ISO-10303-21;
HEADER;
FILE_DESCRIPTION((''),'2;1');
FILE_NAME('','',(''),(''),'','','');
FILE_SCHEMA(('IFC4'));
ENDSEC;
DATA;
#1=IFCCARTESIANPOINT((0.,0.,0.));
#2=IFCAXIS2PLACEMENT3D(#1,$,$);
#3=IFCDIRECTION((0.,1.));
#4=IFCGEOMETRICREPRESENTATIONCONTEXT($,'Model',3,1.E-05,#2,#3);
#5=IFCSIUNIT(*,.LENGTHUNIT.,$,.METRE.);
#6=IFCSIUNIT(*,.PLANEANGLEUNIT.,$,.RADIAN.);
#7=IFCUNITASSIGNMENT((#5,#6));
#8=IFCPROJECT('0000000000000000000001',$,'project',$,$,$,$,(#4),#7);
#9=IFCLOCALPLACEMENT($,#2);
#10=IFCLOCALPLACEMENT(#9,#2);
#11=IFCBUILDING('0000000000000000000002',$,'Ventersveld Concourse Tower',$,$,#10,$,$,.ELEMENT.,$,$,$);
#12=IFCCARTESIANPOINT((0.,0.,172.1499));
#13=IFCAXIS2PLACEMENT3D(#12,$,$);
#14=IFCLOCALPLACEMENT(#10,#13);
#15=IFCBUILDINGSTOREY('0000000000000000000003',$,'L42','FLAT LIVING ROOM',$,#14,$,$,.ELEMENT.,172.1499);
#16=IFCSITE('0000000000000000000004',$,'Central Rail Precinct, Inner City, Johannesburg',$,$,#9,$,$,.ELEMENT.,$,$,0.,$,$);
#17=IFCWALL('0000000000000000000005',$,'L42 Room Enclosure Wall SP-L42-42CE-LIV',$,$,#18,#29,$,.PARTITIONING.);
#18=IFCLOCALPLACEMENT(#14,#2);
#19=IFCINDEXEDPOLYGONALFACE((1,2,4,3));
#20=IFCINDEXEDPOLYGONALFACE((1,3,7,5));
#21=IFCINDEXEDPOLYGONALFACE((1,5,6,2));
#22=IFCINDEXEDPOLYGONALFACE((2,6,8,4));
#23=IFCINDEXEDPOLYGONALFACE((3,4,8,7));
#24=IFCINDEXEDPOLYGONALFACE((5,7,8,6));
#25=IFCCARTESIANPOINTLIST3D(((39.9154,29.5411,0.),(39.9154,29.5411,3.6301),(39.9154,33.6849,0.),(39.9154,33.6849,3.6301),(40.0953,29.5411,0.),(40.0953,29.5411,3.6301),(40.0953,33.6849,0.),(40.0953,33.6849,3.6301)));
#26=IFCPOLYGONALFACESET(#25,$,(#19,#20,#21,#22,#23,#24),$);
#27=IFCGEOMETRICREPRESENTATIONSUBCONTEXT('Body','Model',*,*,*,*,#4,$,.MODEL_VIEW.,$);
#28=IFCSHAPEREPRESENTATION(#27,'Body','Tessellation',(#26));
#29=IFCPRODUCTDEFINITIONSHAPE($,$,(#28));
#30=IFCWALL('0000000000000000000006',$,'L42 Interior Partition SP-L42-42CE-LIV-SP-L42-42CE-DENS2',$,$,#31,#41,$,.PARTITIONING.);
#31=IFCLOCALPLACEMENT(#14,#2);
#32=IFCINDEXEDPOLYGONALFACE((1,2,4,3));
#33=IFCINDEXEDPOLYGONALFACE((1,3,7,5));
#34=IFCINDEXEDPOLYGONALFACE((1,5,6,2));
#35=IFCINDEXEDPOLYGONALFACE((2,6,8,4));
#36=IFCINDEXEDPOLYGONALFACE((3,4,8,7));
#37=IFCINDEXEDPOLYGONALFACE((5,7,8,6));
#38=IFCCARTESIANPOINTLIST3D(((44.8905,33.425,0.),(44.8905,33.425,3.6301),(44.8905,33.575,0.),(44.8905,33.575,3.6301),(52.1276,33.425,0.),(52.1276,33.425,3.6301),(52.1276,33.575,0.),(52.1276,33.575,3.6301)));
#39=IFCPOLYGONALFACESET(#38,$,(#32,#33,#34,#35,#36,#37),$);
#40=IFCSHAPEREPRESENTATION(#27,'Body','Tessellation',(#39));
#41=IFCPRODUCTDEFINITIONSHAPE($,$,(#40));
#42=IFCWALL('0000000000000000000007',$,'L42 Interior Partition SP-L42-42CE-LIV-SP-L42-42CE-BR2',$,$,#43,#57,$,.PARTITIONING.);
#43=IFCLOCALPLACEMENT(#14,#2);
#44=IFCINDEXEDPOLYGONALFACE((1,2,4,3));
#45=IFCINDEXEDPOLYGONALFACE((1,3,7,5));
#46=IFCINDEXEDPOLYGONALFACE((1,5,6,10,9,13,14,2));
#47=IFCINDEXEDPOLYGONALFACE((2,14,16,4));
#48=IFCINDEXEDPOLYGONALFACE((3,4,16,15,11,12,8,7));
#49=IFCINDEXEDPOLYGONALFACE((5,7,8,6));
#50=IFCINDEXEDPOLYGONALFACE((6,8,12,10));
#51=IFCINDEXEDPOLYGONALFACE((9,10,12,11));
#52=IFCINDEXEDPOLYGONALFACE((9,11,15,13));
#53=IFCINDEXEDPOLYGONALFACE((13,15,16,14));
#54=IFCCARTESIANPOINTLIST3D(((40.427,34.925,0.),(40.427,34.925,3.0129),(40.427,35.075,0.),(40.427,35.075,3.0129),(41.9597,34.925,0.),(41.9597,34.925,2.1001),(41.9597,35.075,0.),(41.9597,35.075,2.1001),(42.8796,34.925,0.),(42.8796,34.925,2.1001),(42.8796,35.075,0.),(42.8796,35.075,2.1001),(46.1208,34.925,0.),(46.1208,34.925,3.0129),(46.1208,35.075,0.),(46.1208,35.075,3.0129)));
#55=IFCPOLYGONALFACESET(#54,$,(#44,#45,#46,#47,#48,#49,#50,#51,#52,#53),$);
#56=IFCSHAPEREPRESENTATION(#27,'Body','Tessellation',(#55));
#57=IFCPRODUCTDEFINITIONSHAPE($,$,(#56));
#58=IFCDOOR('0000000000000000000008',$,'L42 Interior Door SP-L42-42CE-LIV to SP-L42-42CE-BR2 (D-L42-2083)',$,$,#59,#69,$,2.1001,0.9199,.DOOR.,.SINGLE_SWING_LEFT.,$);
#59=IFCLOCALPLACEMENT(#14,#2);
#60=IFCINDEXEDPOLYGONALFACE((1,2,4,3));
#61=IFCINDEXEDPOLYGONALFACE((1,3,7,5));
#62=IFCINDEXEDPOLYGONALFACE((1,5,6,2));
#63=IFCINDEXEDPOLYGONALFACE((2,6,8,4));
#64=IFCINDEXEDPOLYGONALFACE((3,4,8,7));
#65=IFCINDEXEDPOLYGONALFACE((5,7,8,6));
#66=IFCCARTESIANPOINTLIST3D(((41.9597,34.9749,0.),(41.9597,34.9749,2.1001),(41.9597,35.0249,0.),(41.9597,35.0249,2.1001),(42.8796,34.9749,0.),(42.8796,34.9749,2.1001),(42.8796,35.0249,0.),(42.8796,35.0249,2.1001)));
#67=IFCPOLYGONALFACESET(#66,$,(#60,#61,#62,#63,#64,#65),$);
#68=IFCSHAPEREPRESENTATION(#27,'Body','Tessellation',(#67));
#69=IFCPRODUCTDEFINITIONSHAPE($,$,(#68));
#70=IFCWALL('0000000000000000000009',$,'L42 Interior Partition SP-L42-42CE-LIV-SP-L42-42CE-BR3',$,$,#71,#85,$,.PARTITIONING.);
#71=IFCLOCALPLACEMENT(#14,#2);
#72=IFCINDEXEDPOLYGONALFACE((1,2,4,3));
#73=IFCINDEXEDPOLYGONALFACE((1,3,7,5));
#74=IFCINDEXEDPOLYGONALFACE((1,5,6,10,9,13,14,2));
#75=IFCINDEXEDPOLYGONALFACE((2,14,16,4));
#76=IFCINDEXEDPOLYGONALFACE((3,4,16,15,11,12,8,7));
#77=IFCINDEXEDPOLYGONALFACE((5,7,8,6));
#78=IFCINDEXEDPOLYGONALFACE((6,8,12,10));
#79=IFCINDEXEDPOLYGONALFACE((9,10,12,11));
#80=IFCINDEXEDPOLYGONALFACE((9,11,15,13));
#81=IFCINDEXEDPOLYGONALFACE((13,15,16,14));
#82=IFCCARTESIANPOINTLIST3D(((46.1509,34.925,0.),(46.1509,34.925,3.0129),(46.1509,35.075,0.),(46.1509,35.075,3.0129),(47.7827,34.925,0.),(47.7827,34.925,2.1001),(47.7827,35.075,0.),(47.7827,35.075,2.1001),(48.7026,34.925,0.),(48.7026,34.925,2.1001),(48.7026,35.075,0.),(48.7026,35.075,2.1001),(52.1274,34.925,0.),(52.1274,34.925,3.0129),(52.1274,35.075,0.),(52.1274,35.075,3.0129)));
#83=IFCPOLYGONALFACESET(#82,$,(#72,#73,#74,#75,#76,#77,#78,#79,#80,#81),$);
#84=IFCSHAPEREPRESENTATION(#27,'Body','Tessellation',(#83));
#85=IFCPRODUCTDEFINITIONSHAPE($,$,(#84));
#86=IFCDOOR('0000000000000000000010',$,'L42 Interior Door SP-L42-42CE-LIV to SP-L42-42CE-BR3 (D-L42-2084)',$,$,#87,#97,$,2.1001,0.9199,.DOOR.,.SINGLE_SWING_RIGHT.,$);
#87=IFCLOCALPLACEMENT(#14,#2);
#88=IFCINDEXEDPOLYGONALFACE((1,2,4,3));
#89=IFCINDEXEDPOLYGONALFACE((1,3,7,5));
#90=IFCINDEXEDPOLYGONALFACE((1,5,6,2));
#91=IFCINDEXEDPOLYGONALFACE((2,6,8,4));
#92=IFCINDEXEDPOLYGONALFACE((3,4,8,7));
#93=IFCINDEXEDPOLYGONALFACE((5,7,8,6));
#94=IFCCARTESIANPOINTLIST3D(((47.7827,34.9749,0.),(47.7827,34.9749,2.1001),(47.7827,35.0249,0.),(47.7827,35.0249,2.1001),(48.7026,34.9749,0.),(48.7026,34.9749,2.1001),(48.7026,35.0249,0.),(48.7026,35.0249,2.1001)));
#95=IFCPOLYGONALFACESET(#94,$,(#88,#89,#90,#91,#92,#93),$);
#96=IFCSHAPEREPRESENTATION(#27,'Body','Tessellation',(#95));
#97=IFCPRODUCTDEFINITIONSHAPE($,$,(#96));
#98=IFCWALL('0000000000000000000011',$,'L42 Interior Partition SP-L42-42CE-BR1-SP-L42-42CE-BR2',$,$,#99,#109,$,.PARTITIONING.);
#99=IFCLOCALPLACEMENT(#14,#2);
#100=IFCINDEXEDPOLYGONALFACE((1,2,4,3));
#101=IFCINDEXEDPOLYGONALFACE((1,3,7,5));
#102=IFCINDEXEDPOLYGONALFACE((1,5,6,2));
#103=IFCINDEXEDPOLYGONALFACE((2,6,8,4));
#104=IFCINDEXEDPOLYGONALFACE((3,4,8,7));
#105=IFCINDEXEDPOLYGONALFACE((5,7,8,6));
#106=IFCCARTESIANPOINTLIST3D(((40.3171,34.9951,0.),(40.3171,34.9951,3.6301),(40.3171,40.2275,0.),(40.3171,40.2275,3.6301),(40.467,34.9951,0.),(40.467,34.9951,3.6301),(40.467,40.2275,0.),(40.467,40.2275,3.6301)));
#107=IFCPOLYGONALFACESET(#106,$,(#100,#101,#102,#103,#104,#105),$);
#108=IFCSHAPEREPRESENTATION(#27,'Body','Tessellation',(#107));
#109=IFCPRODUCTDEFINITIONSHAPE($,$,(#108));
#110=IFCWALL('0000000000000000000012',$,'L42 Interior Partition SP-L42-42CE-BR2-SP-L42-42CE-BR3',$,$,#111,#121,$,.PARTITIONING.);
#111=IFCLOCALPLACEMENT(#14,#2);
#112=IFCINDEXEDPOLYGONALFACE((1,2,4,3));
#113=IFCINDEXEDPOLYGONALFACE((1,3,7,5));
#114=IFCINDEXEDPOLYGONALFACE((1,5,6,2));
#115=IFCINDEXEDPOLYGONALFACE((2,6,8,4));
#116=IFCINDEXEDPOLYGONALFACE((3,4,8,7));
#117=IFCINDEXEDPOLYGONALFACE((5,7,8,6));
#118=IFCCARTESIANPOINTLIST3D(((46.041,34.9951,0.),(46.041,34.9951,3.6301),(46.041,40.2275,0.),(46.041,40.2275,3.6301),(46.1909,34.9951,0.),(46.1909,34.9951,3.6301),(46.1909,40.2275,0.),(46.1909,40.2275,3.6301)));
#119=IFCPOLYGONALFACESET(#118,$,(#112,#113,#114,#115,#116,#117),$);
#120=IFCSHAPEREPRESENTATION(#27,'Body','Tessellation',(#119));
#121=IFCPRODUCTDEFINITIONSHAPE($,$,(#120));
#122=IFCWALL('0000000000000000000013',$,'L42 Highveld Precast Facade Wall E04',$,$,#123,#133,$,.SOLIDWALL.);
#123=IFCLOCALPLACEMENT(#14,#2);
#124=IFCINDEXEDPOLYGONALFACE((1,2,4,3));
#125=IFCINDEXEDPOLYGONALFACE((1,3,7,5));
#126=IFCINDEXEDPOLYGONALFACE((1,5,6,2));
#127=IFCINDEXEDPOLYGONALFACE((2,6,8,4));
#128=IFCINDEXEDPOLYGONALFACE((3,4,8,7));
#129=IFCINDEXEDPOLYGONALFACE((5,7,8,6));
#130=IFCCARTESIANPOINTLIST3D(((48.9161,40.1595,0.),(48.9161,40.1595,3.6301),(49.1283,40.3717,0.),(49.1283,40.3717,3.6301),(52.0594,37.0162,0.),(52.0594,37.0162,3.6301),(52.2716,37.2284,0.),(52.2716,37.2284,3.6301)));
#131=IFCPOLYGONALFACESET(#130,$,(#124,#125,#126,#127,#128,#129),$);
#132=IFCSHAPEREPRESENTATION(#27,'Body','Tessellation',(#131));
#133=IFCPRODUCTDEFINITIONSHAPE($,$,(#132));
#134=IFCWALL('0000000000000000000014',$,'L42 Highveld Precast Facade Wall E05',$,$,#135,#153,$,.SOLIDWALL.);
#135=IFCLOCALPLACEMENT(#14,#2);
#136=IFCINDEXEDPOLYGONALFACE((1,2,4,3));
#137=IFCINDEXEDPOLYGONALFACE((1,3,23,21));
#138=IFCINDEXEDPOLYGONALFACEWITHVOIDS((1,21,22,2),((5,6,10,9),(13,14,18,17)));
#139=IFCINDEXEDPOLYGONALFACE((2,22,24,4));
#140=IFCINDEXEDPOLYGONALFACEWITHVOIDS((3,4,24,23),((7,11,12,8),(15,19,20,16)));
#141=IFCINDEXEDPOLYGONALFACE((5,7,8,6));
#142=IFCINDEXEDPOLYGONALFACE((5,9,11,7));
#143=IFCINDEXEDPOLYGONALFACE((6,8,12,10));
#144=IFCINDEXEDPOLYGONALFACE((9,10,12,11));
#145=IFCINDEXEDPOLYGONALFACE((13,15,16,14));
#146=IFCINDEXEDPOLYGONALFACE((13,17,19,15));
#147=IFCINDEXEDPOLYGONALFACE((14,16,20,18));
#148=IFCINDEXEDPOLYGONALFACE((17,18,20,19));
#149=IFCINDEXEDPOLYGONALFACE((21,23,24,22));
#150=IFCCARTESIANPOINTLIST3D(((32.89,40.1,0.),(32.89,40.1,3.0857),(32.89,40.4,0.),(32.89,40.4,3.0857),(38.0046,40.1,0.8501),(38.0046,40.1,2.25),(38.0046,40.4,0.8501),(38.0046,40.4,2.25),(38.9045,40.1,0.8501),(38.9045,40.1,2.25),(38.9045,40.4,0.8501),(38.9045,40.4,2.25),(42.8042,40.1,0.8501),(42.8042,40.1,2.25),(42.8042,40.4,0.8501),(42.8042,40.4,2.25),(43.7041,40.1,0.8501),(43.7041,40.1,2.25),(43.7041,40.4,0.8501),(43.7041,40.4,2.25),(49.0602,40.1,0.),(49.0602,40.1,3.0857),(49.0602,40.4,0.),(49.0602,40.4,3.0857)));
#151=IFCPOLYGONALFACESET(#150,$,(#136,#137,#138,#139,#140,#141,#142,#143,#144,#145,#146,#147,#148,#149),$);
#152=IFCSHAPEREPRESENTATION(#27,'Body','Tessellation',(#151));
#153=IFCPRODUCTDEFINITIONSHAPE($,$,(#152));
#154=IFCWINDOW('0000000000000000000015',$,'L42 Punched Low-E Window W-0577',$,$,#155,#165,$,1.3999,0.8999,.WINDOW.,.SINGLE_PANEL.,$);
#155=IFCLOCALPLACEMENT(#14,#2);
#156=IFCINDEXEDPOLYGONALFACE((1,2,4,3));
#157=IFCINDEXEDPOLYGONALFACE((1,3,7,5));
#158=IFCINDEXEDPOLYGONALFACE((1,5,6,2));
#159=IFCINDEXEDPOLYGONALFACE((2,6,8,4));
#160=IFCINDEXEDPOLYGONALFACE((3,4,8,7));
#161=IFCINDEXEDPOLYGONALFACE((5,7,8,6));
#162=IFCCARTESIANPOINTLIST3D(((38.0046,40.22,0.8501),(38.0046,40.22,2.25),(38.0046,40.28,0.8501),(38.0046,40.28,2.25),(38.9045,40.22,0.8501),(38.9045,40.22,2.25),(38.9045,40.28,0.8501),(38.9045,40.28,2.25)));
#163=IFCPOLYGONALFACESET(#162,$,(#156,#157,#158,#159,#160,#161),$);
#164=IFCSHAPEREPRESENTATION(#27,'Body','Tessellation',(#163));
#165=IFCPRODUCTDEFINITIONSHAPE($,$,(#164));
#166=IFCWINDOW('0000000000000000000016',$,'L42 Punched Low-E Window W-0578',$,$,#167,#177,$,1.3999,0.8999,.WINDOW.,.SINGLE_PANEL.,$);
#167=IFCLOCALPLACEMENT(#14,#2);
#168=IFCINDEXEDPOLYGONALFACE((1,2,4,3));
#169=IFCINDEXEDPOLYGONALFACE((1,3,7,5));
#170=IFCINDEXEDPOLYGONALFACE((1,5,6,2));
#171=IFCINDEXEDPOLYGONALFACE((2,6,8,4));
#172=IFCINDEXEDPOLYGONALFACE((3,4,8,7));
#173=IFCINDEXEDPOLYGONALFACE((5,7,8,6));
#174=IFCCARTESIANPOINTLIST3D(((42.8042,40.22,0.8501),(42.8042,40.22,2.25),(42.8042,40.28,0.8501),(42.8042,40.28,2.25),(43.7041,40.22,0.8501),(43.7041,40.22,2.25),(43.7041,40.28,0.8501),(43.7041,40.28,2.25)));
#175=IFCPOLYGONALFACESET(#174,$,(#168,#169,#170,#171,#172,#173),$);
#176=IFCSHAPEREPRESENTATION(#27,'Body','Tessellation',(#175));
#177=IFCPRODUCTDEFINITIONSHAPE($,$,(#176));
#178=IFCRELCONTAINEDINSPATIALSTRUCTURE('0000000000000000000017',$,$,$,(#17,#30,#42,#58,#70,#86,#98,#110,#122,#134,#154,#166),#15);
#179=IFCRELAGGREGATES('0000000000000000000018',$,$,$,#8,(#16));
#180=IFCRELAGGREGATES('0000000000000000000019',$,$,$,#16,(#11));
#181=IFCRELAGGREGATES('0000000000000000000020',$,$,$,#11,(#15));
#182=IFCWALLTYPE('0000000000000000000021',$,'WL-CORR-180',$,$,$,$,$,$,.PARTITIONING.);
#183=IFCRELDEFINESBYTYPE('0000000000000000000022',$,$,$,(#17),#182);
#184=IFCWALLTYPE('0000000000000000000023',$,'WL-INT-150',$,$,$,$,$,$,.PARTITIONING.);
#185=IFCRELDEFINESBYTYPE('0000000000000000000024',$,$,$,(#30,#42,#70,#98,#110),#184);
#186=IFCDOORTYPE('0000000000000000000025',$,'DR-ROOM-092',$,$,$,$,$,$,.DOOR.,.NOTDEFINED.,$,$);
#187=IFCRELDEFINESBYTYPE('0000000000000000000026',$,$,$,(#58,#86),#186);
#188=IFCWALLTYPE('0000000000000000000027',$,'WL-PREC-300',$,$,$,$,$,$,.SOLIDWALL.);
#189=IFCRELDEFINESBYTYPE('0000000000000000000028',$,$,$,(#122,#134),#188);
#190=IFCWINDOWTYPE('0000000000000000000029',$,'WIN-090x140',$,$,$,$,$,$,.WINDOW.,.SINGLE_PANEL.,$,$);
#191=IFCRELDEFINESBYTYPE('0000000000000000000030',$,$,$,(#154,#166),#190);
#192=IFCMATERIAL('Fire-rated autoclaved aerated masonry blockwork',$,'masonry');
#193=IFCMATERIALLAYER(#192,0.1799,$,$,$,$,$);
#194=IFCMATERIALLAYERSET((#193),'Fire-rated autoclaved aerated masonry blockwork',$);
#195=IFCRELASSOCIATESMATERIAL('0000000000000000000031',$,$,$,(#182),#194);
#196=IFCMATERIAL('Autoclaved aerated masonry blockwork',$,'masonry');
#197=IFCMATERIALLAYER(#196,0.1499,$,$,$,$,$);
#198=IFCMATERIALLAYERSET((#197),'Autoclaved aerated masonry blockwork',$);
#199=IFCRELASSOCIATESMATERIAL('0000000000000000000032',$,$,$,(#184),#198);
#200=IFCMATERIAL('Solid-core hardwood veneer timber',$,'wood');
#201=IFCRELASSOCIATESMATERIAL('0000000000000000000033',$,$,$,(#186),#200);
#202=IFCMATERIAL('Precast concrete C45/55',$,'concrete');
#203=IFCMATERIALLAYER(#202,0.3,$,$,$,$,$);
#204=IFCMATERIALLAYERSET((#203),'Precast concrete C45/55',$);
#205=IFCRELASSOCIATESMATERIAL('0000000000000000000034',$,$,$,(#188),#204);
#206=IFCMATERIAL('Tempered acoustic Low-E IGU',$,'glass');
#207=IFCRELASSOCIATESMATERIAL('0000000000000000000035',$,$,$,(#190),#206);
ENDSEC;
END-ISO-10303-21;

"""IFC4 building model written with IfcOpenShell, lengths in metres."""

from ifc_helpers import new_model, si_unit, direction, frame, frame_2d, origin, place, context, subcontext, project, spatial, rectangle, extrude, material, layer, layer_set, type_object, element, fill, save


model = new_model("IFC4")

# Units and contexts
model_context = context("Model", 3, precision=1e-05, world=origin(), true_north=direction((0.0, 1.0)))
body_context = subcontext(model_context, "Body", "Model", "MODEL_VIEW")
ifc_project = project(units=[si_unit("LENGTHUNIT", "METRE"), si_unit("PLANEANGLEUNIT", "RADIAN")], contexts=[model_context])

# Site, building, storey
site_placement = place(None, origin())
site = spatial("IfcSite", under=ifc_project, at=site_placement, Name="Central Rail Precinct, Inner City, Johannesburg", CompositionType="ELEMENT", RefElevation=0.0)
building_placement = place(site_placement, origin())
building = spatial("IfcBuilding", under=site, at=building_placement, Name="Ventersveld Concourse Tower", CompositionType="ELEMENT")
storey_placement = place(building_placement, frame((0.0, 0.0, 172.1499)))
storey = spatial("IfcBuildingStorey", under=building, at=storey_placement, Name="L42", Description="FLAT LIVING ROOM", CompositionType="ELEMENT", Elevation=172.1499)

# Walls
ifc_material_1 = material(Name="Fire-rated autoclaved aerated masonry blockwork", Category="masonry")
ifc_layer_1 = layer(ifc_material_1, 0.1799)
ifc_layer_set_1 = layer_set([ifc_layer_1], Name="Fire-rated autoclaved aerated masonry blockwork")
wall_type_1 = type_object("IfcWallType", Name="WL-CORR-180", PredefinedType="PARTITIONING", material=ifc_layer_set_1)
wall_1_placement = place(storey_placement, frame((40.0054, 29.5413, 0.0), z_axis=(0.0, 0.0, 1.0), x_axis=(0.0, 1.0, 0.0)))
element("IfcWall", 1, at=wall_1_placement, inside=storey, type_object=wall_type_1, Name="L42 Room Enclosure Wall SP-L42-42CE-LIV", PredefinedType="PARTITIONING", context=body_context, shape_type="SweptSolid", body=[
    extrude(rectangle(XDim=4.1438, YDim=0.1799, at=frame_2d((2.0718, 0.0))), origin(), (0.0, 0.0, 1.0), 3.6301),
])
ifc_material_2 = material(Name="Autoclaved aerated masonry blockwork", Category="masonry")
ifc_layer_2 = layer(ifc_material_2, 0.1499)
ifc_layer_set_2 = layer_set([ifc_layer_2], Name="Autoclaved aerated masonry blockwork")
wall_type_2 = type_object("IfcWallType", Name="WL-INT-150", PredefinedType="PARTITIONING", material=ifc_layer_set_2)
wall_2_placement = place(storey_placement, frame((44.8904, 33.5, 0.0), z_axis=(0.0, 0.0, 1.0), x_axis=(1.0, 0.0, 0.0)))
element("IfcWall", 2, at=wall_2_placement, inside=storey, type_object=wall_type_2, Name="L42 Interior Partition SP-L42-42CE-LIV-SP-L42-42CE-DENS2", PredefinedType="PARTITIONING", context=body_context, shape_type="SweptSolid", body=[
    extrude(rectangle(XDim=7.2371, YDim=0.1499, at=frame_2d((3.6187, 0.0))), origin(), (0.0, 0.0, 1.0), 3.6301),
])

# Walls, openings, doors
wall_3_placement = place(storey_placement, frame((40.427, 35.0, 0.0), z_axis=(0.0, 0.0, 1.0), x_axis=(1.0, 0.0, 0.0)))
wall_3 = element("IfcWall", 3, at=wall_3_placement, inside=storey, type_object=wall_type_2, Name="L42 Interior Partition SP-L42-42CE-LIV-SP-L42-42CE-BR2", PredefinedType="PARTITIONING", context=body_context, shape_type="SweptSolid", body=[
    extrude(rectangle(XDim=5.6938, YDim=0.1499, at=frame_2d((2.8469, 0.0))), origin(), (0.0, 0.0, 1.0), 3.0129),
])
opening_1_placement = place(wall_3_placement, frame((1.5327, 0.0, 0.0)))
opening_1 = element("IfcOpeningElement", 4, at=opening_1_placement, cuts=wall_3, PredefinedType="OPENING", context=body_context, shape_type="SweptSolid", body=[
    extrude(rectangle(XDim=0.9199, YDim=2.1001, at=frame_2d((0.46, 1.05))), frame((0.0, 0.085, 0.0), z_axis=(0.0, -1.0, 0.0), x_axis=(1.0, 0.0, 0.0)), (0.0, 0.0, 1.0), 0.1699),
])
ifc_material_3 = material(Name="Solid-core hardwood veneer timber", Category="wood")
door_type = type_object("IfcDoorType", Name="DR-ROOM-092", OperationType="NOTDEFINED", PredefinedType="DOOR", material=ifc_material_3)
door_1_placement = place(opening_1_placement, origin())
door_1 = element("IfcDoor", 5, at=door_1_placement, inside=storey, type_object=door_type, Name="L42 Interior Door SP-L42-42CE-LIV to SP-L42-42CE-BR2 (D-L42-2083)", OperationType="SINGLE_SWING_LEFT", OverallHeight=2.1001, OverallWidth=0.9199, PredefinedType="DOOR", context=body_context, shape_type="SweptSolid", body=[
    extrude(rectangle(XDim=0.9199, YDim=2.1001, at=frame_2d((0.46, 1.05))), frame((0.0, 0.0249, 0.0), z_axis=(0.0, -1.0, 0.0), x_axis=(1.0, 0.0, 0.0)), (0.0, 0.0, 1.0), 0.05),
])
fill(opening_1, door_1)
wall_4_placement = place(storey_placement, frame((46.1509, 35.0, 0.0), z_axis=(0.0, 0.0, 1.0), x_axis=(1.0, 0.0, 0.0)))
wall_4 = element("IfcWall", 6, at=wall_4_placement, inside=storey, type_object=wall_type_2, Name="L42 Interior Partition SP-L42-42CE-LIV-SP-L42-42CE-BR3", PredefinedType="PARTITIONING", context=body_context, shape_type="SweptSolid", body=[
    extrude(rectangle(XDim=5.9766, YDim=0.1499, at=frame_2d((2.9883, 0.0))), origin(), (0.0, 0.0, 1.0), 3.0129),
])
opening_2_placement = place(wall_4_placement, frame((1.6318, 0.0, 0.0)))
opening_2 = element("IfcOpeningElement", 7, at=opening_2_placement, cuts=wall_4, PredefinedType="OPENING", context=body_context, shape_type="SweptSolid", body=[
    extrude(rectangle(XDim=0.9199, YDim=2.1001, at=frame_2d((0.46, 1.05))), frame((0.0, 0.085, 0.0), z_axis=(0.0, -1.0, 0.0), x_axis=(1.0, 0.0, 0.0)), (0.0, 0.0, 1.0), 0.1699),
])
door_2_placement = place(opening_2_placement, origin())
door_2 = element("IfcDoor", 8, at=door_2_placement, inside=storey, type_object=door_type, Name="L42 Interior Door SP-L42-42CE-LIV to SP-L42-42CE-BR3 (D-L42-2084)", OperationType="SINGLE_SWING_RIGHT", OverallHeight=2.1001, OverallWidth=0.9199, PredefinedType="DOOR", context=body_context, shape_type="SweptSolid", body=[
    extrude(rectangle(XDim=0.9199, YDim=2.1001, at=frame_2d((0.46, 1.05))), frame((0.0, 0.0249, 0.0), z_axis=(0.0, -1.0, 0.0), x_axis=(1.0, 0.0, 0.0)), (0.0, 0.0, 1.0), 0.05),
])
fill(opening_2, door_2)

# Walls
for number, where, z_axis, x_axis, name in (
    (9, (40.3921, 34.9951, 0.0), (0.0, 0.0, 1.0), (0.0, 1.0, 0.0), "L42 Interior Partition SP-L42-42CE-BR1-SP-L42-42CE-BR2"),
    (10, (46.116, 34.9951, 0.0), (0.0, 0.0, 1.0), (0.0, 1.0, 0.0), "L42 Interior Partition SP-L42-42CE-BR2-SP-L42-42CE-BR3"),
):
    element("IfcWall", number, at=place(storey_placement, frame(where, z_axis=z_axis, x_axis=x_axis)), inside=storey, type_object=wall_type_2, Name=name, PredefinedType="PARTITIONING", context=body_context, shape_type="SweptSolid", body=[
        extrude(rectangle(XDim=5.2324, YDim=0.1499, at=frame_2d((2.6162, 0.0))), origin(), (0.0, 0.0, 1.0), 3.6301),
    ])
ifc_material_4 = material(Name="Precast concrete C45/55", Category="concrete")
ifc_layer_3 = layer(ifc_material_4, 0.3)
ifc_layer_set_3 = layer_set([ifc_layer_3], Name="Precast concrete C45/55")
wall_type_3 = type_object("IfcWallType", Name="WL-PREC-300", PredefinedType="SOLIDWALL", material=ifc_layer_set_3)
wall_5_placement = place(storey_placement, frame((52.1655, 37.1223, 0.0), z_axis=(0.0, 0.0, 1.0), x_axis=(-0.707107, 0.707107, 0.0)))
element("IfcWall", 11, at=wall_5_placement, inside=storey, type_object=wall_type_3, Name="L42 Highveld Precast Facade Wall E04", PredefinedType="SOLIDWALL", context=body_context, shape_type="SweptSolid", body=[
    extrude(rectangle(XDim=4.4453, YDim=0.3, at=frame_2d((2.2227, 0.0))), origin(), (0.0, 0.0, 1.0), 3.6301),
])

# Wall, openings, windows
wall_6_placement = place(storey_placement, frame((49.0601, 40.25, 0.0), z_axis=(0.0, 0.0, 1.0), x_axis=(-1.0, 0.0, 0.0)))
wall_6 = element("IfcWall", 12, at=wall_6_placement, inside=storey, type_object=wall_type_3, Name="L42 Highveld Precast Facade Wall E05", PredefinedType="SOLIDWALL", context=body_context, shape_type="SweptSolid", body=[
    extrude(rectangle(XDim=16.1702, YDim=0.3, at=frame_2d((8.085, 0.0))), origin(), (0.0, 0.0, 1.0), 3.0857),
])
opening_3_placement = place(wall_6_placement, frame((10.1555, 0.0, 0.8501)))
opening_3 = element("IfcOpeningElement", 13, at=opening_3_placement, cuts=wall_6, PredefinedType="OPENING", context=body_context, shape_type="SweptSolid", body=[
    extrude(rectangle(XDim=0.8999, YDim=1.3999, at=frame_2d((0.45, 0.7))), frame((0.0, 0.1602, 0.0), z_axis=(0.0, -1.0, 0.0), x_axis=(1.0, 0.0, 0.0)), (0.0, 0.0, 1.0), 0.3201),
])
opening_4_placement = place(wall_6_placement, frame((5.356, 0.0, 0.8501)))
opening_4 = element("IfcOpeningElement", 14, at=opening_4_placement, cuts=wall_6, PredefinedType="OPENING", context=body_context, shape_type="SweptSolid", body=[
    extrude(rectangle(XDim=0.8999, YDim=1.3999, at=frame_2d((0.45, 0.7))), frame((0.0, 0.1602, 0.0), z_axis=(0.0, -1.0, 0.0), x_axis=(1.0, 0.0, 0.0)), (0.0, 0.0, 1.0), 0.3201),
])
ifc_material_5 = material(Name="Tempered acoustic Low-E IGU", Category="glass")
window_type = type_object("IfcWindowType", Name="WIN-090x140", PartitioningType="SINGLE_PANEL", PredefinedType="WINDOW", material=ifc_material_5)
window_1_placement = place(opening_3_placement, origin())
window_1 = element("IfcWindow", 15, at=window_1_placement, inside=storey, type_object=window_type, Name="L42 Punched Low-E Window W-0577", OverallHeight=1.3999, OverallWidth=0.8999, PartitioningType="SINGLE_PANEL", PredefinedType="WINDOW", context=body_context, shape_type="SweptSolid", body=[
    extrude(rectangle(XDim=0.8999, YDim=1.3999, at=frame_2d((0.45, 0.7))), frame((0.0, 0.03, 0.0), z_axis=(0.0, -1.0, 0.0), x_axis=(1.0, 0.0, 0.0)), (0.0, 0.0, 1.0), 0.0601),
])
fill(opening_3, window_1)
window_2_placement = place(opening_4_placement, origin())
window_2 = element("IfcWindow", 16, at=window_2_placement, inside=storey, type_object=window_type, Name="L42 Punched Low-E Window W-0578", OverallHeight=1.3999, OverallWidth=0.8999, PartitioningType="SINGLE_PANEL", PredefinedType="WINDOW", context=body_context, shape_type="SweptSolid", body=[
    extrude(rectangle(XDim=0.8999, YDim=1.3999, at=frame_2d((0.45, 0.7))), frame((0.0, 0.03, 0.0), z_axis=(0.0, -1.0, 0.0), x_axis=(1.0, 0.0, 0.0)), (0.0, 0.0, 1.0), 0.0601),
])
fill(opening_4, window_2)

save(model, "model.ifc")
